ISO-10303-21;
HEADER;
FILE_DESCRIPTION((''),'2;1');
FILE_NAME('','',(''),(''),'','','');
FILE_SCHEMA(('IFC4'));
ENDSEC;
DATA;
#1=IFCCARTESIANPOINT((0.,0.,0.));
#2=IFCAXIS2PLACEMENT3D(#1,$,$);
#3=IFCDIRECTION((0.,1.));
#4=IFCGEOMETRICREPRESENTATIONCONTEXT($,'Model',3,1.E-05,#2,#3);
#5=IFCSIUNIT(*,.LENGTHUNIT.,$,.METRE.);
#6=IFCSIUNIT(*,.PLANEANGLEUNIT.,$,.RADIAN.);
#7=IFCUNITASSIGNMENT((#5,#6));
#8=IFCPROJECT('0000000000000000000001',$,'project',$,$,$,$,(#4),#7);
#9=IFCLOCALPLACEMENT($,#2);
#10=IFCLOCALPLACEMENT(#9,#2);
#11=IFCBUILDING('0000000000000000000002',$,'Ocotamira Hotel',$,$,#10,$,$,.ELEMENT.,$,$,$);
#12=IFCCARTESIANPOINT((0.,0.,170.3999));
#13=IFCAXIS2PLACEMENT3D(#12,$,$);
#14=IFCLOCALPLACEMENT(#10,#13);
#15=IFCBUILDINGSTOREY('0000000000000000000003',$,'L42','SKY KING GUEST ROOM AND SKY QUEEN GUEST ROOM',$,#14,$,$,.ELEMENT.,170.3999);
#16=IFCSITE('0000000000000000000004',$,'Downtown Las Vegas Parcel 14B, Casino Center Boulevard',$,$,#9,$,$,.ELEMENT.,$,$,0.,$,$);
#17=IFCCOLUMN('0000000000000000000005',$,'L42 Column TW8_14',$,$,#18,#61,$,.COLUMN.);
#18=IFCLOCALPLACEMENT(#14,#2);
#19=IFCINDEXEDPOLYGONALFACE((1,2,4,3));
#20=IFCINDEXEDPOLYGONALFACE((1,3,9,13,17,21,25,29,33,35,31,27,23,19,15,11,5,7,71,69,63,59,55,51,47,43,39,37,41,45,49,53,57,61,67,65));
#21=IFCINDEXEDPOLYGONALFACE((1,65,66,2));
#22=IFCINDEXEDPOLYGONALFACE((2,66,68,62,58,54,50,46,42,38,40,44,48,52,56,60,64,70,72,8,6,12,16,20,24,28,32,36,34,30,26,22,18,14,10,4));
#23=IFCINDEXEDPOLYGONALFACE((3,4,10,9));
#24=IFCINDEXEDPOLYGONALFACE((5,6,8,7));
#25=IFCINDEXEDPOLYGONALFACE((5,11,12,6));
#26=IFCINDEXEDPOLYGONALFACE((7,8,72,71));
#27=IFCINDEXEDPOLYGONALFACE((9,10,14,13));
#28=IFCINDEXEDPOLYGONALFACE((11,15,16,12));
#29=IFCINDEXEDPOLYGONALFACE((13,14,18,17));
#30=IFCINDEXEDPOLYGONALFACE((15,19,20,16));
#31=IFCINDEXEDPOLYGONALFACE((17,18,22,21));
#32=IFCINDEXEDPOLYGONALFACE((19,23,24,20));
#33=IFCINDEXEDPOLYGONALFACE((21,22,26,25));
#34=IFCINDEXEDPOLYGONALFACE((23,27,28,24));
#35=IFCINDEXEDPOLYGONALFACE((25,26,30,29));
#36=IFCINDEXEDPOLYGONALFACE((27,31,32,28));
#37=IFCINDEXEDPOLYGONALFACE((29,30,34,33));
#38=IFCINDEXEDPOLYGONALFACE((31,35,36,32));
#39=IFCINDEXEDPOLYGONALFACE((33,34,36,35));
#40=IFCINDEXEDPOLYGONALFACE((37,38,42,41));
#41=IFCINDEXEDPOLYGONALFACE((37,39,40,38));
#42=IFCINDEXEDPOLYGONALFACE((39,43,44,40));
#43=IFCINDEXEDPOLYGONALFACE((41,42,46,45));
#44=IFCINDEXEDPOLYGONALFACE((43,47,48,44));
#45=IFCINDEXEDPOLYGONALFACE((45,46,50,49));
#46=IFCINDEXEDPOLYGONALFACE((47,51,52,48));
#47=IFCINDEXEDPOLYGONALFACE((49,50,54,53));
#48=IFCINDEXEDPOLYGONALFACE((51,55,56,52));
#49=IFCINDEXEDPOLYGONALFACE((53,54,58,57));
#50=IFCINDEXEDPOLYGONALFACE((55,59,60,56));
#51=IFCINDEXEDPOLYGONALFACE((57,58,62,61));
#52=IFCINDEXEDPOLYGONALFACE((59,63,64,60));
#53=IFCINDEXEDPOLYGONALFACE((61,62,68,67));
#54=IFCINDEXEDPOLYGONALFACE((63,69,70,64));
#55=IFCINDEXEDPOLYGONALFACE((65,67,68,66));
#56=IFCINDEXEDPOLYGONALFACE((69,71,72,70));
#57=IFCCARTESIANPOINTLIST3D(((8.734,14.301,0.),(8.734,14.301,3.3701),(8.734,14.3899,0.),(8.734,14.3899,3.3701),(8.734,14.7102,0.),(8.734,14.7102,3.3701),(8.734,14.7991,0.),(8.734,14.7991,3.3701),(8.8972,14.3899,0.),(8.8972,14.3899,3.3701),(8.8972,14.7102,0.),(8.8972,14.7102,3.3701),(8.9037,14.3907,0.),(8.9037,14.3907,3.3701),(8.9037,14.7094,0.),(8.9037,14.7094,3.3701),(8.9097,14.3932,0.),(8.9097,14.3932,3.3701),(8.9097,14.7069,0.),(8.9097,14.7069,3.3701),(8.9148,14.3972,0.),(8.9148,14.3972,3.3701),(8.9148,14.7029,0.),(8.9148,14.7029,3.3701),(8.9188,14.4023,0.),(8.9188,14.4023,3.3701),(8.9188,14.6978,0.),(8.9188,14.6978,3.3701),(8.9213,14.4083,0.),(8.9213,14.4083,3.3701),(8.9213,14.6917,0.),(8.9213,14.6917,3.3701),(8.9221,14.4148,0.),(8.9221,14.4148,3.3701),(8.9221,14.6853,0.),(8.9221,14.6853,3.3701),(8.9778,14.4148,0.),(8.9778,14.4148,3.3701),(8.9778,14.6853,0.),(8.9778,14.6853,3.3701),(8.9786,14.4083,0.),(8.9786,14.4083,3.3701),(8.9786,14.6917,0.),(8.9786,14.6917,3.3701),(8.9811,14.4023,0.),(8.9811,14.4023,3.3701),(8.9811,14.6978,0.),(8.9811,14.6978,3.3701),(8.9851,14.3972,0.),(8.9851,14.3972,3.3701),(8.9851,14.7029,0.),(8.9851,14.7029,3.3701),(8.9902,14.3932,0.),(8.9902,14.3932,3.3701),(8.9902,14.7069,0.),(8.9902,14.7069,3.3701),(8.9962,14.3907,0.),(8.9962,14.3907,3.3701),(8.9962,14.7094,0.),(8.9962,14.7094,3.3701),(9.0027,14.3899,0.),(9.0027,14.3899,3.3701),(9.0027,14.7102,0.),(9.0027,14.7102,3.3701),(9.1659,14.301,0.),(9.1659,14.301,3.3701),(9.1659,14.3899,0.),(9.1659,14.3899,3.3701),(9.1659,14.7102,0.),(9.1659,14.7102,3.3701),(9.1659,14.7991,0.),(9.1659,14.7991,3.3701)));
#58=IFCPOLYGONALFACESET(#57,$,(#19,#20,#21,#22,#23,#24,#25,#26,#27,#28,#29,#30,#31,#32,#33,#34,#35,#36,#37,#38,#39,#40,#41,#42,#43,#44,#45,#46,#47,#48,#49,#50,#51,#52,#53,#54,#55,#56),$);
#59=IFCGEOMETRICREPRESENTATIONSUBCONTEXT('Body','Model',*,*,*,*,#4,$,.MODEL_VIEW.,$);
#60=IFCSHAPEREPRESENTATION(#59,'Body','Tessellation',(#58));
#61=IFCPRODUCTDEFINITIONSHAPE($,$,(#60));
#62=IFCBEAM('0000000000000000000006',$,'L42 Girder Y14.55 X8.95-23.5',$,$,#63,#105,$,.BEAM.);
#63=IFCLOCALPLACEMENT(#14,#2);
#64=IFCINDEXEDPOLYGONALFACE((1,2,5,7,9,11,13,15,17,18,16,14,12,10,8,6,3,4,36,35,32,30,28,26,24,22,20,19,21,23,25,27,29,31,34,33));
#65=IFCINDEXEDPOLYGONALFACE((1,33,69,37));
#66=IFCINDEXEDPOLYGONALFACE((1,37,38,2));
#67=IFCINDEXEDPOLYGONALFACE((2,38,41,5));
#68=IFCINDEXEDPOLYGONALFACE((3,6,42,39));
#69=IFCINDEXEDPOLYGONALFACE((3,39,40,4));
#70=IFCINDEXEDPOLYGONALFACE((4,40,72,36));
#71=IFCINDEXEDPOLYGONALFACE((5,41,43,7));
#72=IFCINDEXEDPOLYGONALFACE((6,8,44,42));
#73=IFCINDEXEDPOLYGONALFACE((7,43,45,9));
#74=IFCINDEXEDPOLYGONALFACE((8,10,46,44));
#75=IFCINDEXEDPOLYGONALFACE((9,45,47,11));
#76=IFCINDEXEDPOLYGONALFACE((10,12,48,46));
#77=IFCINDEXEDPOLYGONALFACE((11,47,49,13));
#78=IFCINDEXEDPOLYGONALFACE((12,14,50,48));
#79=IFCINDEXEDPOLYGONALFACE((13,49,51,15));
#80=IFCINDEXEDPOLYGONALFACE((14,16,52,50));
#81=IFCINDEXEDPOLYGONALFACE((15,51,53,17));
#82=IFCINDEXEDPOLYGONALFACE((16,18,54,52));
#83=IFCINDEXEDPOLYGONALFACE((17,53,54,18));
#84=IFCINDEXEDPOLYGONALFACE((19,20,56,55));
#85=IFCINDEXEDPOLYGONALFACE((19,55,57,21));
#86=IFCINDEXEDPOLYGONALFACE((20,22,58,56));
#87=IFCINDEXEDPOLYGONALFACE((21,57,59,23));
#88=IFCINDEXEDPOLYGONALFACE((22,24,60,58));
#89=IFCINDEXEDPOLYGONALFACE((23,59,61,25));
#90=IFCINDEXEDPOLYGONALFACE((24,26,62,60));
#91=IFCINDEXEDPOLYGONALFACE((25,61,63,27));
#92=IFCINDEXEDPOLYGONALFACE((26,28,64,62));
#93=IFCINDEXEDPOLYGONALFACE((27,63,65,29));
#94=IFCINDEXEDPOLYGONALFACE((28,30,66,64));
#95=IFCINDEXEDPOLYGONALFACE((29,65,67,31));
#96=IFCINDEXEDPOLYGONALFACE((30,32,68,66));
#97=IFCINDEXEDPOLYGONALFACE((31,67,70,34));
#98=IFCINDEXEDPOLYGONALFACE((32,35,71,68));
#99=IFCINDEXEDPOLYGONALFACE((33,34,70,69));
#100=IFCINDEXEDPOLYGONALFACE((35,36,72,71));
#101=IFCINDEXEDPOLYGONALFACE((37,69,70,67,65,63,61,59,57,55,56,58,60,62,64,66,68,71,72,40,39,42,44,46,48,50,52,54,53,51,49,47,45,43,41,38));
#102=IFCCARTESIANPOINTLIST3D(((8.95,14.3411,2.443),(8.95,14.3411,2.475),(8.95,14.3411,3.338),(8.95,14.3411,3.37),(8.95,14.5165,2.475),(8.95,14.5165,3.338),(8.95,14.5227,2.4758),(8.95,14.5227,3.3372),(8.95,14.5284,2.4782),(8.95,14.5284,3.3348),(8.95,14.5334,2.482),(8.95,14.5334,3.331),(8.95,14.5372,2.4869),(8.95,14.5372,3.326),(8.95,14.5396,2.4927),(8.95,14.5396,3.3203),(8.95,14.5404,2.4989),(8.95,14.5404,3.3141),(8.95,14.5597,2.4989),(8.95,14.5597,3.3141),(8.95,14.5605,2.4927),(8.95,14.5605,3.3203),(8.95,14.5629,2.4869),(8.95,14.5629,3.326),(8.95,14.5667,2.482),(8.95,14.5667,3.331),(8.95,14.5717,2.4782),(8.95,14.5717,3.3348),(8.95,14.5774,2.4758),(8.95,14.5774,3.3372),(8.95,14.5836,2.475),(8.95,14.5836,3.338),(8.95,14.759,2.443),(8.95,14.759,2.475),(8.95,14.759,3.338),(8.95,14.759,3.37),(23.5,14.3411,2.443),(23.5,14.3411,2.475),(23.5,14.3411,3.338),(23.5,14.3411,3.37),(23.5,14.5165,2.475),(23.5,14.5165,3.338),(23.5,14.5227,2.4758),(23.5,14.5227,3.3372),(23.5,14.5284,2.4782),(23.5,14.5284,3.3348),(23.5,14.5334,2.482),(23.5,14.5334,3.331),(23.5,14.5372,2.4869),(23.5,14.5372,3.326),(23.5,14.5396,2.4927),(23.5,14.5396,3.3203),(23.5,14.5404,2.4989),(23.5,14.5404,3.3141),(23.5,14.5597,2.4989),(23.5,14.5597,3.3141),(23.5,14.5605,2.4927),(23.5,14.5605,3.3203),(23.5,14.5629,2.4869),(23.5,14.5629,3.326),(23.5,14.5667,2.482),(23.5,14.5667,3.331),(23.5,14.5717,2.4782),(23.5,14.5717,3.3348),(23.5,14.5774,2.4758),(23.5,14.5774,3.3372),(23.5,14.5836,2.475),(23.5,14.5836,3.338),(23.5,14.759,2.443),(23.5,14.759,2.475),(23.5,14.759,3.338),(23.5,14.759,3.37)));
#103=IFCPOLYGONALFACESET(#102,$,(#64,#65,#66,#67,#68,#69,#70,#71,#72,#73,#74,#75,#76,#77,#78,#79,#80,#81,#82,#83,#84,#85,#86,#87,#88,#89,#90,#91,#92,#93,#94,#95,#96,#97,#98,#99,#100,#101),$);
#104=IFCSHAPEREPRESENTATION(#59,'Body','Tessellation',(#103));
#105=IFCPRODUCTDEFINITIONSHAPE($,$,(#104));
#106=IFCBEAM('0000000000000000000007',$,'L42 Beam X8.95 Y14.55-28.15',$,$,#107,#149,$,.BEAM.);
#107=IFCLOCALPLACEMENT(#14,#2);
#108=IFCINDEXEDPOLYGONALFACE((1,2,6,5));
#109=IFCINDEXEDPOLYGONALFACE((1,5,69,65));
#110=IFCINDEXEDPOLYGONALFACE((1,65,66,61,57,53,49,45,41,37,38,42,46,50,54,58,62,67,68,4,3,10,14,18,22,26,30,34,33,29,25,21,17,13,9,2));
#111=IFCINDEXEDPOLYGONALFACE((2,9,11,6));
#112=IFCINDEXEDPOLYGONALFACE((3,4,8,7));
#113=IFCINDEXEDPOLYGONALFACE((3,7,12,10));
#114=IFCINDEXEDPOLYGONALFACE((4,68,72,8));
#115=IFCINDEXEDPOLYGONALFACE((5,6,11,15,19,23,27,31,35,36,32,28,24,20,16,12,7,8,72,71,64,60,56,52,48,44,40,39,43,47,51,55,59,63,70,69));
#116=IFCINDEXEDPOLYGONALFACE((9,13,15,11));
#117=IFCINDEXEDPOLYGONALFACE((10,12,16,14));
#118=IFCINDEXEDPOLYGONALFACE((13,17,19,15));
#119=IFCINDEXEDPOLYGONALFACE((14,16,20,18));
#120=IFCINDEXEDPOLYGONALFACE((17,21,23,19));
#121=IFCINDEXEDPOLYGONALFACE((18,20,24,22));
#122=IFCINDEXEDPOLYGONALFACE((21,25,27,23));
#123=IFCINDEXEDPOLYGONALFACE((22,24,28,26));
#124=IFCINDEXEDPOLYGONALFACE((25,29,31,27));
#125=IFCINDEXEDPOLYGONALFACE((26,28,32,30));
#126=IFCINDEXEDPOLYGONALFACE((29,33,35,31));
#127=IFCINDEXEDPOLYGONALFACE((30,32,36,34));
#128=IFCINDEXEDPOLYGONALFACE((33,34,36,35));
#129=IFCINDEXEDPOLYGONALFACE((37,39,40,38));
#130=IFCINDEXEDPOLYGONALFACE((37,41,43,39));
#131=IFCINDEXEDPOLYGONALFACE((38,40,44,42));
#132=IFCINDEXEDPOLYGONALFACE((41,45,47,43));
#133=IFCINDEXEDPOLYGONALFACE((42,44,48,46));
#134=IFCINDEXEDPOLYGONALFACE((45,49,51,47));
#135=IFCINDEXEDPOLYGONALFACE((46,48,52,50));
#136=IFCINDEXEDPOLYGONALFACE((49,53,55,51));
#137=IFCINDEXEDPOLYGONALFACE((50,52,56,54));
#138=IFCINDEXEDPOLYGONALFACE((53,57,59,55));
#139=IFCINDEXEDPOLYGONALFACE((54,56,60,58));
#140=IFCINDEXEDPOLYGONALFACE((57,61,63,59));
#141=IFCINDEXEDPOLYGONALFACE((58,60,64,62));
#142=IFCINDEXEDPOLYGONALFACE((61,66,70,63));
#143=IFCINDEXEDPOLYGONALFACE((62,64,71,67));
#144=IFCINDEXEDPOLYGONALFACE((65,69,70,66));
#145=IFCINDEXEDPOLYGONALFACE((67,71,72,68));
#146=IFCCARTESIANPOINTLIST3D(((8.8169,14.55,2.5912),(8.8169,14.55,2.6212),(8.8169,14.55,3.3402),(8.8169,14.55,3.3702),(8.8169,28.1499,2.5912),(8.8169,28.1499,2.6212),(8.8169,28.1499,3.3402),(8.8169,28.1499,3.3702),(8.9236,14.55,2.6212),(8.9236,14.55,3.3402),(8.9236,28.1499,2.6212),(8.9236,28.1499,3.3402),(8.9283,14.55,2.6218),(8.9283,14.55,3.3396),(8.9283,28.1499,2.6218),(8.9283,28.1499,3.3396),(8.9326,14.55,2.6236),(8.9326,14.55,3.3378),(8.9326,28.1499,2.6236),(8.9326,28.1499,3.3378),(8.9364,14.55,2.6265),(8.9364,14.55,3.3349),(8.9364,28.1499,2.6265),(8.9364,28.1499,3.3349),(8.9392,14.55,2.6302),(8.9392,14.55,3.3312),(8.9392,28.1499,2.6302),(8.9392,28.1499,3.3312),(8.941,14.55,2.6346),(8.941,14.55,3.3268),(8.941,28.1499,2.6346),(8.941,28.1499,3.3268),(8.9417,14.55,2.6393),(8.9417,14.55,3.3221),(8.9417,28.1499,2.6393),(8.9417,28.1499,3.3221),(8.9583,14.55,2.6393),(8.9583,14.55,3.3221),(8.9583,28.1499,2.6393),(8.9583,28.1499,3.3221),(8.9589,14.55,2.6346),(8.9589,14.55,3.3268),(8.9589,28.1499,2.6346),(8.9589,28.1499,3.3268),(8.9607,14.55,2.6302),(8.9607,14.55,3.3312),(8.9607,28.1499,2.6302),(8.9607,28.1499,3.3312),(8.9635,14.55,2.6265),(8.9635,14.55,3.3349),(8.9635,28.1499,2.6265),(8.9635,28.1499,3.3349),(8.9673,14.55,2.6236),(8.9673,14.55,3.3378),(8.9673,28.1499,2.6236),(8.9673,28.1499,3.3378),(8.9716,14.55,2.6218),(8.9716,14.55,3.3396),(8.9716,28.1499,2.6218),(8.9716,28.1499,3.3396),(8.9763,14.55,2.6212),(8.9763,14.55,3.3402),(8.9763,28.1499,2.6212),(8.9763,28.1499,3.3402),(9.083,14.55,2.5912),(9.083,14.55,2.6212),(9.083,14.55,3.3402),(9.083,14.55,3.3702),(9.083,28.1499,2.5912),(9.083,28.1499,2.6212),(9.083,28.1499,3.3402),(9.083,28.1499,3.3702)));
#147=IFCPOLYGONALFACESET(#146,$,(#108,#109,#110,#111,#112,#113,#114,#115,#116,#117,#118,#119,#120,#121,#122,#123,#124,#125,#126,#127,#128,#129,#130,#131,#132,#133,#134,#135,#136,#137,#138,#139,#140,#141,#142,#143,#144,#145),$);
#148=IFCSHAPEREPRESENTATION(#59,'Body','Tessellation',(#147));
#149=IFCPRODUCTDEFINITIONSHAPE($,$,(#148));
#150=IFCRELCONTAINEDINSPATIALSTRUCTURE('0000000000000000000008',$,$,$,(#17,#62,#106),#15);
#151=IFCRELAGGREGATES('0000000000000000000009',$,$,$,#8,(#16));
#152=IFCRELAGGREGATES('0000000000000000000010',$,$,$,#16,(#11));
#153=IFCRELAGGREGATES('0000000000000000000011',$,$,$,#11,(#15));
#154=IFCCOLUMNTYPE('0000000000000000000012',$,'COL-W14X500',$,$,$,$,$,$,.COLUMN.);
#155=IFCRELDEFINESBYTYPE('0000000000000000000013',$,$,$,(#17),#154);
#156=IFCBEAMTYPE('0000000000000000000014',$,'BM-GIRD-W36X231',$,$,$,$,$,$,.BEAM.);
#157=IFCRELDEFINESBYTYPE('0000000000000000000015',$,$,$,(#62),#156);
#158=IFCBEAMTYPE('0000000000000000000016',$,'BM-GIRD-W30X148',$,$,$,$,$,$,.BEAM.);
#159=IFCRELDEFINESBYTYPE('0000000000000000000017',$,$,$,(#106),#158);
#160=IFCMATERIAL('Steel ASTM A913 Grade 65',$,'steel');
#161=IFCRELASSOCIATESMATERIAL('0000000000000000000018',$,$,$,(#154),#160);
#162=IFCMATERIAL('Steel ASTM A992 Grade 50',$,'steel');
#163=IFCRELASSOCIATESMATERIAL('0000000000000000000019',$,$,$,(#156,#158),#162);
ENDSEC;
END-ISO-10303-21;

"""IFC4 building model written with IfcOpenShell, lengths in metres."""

from ifc_helpers import new_model, si_unit, direction, frame, origin, origin_2d, place, context, subcontext, project, spatial, i_section, extrude, source, transform, mapped, material, material_profile, profile_set, type_object, element, save


model = new_model("IFC4")

# Units and contexts
model_context = context("Model", 3, precision=1e-05, world=origin(), true_north=direction((0.0, 1.0)))
body_context = subcontext(model_context, "Body", "Model", "MODEL_VIEW")
ifc_project = project(units=[si_unit("LENGTHUNIT", "METRE"), si_unit("PLANEANGLEUNIT", "RADIAN")], contexts=[model_context])

# Site, building, storey
site_placement = place(None, origin())
site = spatial("IfcSite", under=ifc_project, at=site_placement, Name="Downtown Las Vegas Parcel 14B, Casino Center Boulevard", CompositionType="ELEMENT", RefElevation=0.0)
building_placement = place(site_placement, origin())
building = spatial("IfcBuilding", under=site, at=building_placement, Name="Ocotamira Hotel", CompositionType="ELEMENT")
storey_placement = place(building_placement, frame((0.0, 0.0, 170.3999)))
storey = spatial("IfcBuildingStorey", under=building, at=storey_placement, Name="L42", Description="SKY KING GUEST ROOM AND SKY QUEEN GUEST ROOM", CompositionType="ELEMENT", Elevation=170.3999)

# Column
ifc_material_1 = material(Name="Steel ASTM A913 Grade 65", Category="steel")
ifc_material_profile_1 = material_profile(ifc_material_1, i_section(OverallWidth=0.4319, OverallDepth=0.498, WebThickness=0.0557, FlangeThickness=0.0889, FilletRadius=0.0249, at=origin_2d()), Name="W14X500")
ifc_profile_set_1 = profile_set([ifc_material_profile_1], Name="Steel ASTM A913 Grade 65")
column_type = type_object("IfcColumnType", Name="COL-W14X500", PredefinedType="COLUMN", material=ifc_profile_set_1)
shared_shape_1 = source(origin(), body_context, "Body", "SweptSolid", [
    extrude(i_section(OverallWidth=0.4319, OverallDepth=0.498, WebThickness=0.0557, FlangeThickness=0.0889, FilletRadius=0.0249, at=origin_2d()), origin(), (0.0, 0.0, 1.0), 3.3701),
])
column_placement = place(storey_placement, frame((8.95, 14.55, 0.0), z_axis=(0.0, 0.0, 1.0), x_axis=(1.0, 0.0, 0.0)))
element("IfcColumn", 1, at=column_placement, inside=storey, type_object=column_type, Name="L42 Column TW8_14", PredefinedType="COLUMN", context=body_context, shape_type="MappedRepresentation", body=[
    mapped(shared_shape_1, transform((0.0, 0.0, 0.0), scale=1.0)),
])

# Beams
ifc_material_2 = material(Name="Steel ASTM A992 Grade 50", Category="steel")
ifc_material_profile_2 = material_profile(ifc_material_2, i_section(OverallWidth=0.418, OverallDepth=0.927, WebThickness=0.0193, FlangeThickness=0.032, FilletRadius=0.0239, at=origin_2d()), Name="W36X231")
ifc_profile_set_2 = profile_set([ifc_material_profile_2], Name="Steel ASTM A992 Grade 50")
beam_type_1 = type_object("IfcBeamType", Name="BM-GIRD-W36X231", PredefinedType="BEAM", material=ifc_profile_set_2)
shared_shape_2 = source(origin(), body_context, "Body", "SweptSolid", [
    extrude(i_section(OverallWidth=0.418, OverallDepth=0.927, WebThickness=0.0193, FlangeThickness=0.032, FilletRadius=0.0239, at=origin_2d()), origin(), (0.0, 0.0, 1.0), 14.55),
])
beam_1_placement = place(storey_placement, frame((8.95, 14.55, 2.9065), z_axis=(1.0, 0.0, 0.0), x_axis=(0.0, 1.0, 0.0)))
element("IfcBeam", 2, at=beam_1_placement, inside=storey, type_object=beam_type_1, Name="L42 Girder Y14.55 X8.95-23.5", PredefinedType="BEAM", context=body_context, shape_type="MappedRepresentation", body=[
    mapped(shared_shape_2, transform((0.0, 0.0, 0.0), scale=1.0)),
])
ifc_material_profile_3 = material_profile(ifc_material_2, i_section(OverallWidth=0.2661, OverallDepth=0.7791, WebThickness=0.0166, FlangeThickness=0.03, FilletRadius=0.0181, at=origin_2d()), Name="W30X148")
ifc_profile_set_3 = profile_set([ifc_material_profile_3], Name="Steel ASTM A992 Grade 50")
beam_type_2 = type_object("IfcBeamType", Name="BM-GIRD-W30X148", PredefinedType="BEAM", material=ifc_profile_set_3)
shared_shape_3 = source(origin(), body_context, "Body", "SweptSolid", [
    extrude(i_section(OverallWidth=0.2661, OverallDepth=0.7791, WebThickness=0.0166, FlangeThickness=0.03, FilletRadius=0.0181, at=origin_2d()), origin(), (0.0, 0.0, 1.0), 13.5999),
])
beam_2_placement = place(storey_placement, frame((8.95, 14.55, 2.9807), z_axis=(0.0, 1.0, 0.0), x_axis=(-1.0, 0.0, 0.0)))
element("IfcBeam", 3, at=beam_2_placement, inside=storey, type_object=beam_type_2, Name="L42 Beam X8.95 Y14.55-28.15", PredefinedType="BEAM", context=body_context, shape_type="MappedRepresentation", body=[
    mapped(shared_shape_3, transform((0.0, 0.0, 0.0), scale=1.0)),
])

save(model, "model.ifc")
